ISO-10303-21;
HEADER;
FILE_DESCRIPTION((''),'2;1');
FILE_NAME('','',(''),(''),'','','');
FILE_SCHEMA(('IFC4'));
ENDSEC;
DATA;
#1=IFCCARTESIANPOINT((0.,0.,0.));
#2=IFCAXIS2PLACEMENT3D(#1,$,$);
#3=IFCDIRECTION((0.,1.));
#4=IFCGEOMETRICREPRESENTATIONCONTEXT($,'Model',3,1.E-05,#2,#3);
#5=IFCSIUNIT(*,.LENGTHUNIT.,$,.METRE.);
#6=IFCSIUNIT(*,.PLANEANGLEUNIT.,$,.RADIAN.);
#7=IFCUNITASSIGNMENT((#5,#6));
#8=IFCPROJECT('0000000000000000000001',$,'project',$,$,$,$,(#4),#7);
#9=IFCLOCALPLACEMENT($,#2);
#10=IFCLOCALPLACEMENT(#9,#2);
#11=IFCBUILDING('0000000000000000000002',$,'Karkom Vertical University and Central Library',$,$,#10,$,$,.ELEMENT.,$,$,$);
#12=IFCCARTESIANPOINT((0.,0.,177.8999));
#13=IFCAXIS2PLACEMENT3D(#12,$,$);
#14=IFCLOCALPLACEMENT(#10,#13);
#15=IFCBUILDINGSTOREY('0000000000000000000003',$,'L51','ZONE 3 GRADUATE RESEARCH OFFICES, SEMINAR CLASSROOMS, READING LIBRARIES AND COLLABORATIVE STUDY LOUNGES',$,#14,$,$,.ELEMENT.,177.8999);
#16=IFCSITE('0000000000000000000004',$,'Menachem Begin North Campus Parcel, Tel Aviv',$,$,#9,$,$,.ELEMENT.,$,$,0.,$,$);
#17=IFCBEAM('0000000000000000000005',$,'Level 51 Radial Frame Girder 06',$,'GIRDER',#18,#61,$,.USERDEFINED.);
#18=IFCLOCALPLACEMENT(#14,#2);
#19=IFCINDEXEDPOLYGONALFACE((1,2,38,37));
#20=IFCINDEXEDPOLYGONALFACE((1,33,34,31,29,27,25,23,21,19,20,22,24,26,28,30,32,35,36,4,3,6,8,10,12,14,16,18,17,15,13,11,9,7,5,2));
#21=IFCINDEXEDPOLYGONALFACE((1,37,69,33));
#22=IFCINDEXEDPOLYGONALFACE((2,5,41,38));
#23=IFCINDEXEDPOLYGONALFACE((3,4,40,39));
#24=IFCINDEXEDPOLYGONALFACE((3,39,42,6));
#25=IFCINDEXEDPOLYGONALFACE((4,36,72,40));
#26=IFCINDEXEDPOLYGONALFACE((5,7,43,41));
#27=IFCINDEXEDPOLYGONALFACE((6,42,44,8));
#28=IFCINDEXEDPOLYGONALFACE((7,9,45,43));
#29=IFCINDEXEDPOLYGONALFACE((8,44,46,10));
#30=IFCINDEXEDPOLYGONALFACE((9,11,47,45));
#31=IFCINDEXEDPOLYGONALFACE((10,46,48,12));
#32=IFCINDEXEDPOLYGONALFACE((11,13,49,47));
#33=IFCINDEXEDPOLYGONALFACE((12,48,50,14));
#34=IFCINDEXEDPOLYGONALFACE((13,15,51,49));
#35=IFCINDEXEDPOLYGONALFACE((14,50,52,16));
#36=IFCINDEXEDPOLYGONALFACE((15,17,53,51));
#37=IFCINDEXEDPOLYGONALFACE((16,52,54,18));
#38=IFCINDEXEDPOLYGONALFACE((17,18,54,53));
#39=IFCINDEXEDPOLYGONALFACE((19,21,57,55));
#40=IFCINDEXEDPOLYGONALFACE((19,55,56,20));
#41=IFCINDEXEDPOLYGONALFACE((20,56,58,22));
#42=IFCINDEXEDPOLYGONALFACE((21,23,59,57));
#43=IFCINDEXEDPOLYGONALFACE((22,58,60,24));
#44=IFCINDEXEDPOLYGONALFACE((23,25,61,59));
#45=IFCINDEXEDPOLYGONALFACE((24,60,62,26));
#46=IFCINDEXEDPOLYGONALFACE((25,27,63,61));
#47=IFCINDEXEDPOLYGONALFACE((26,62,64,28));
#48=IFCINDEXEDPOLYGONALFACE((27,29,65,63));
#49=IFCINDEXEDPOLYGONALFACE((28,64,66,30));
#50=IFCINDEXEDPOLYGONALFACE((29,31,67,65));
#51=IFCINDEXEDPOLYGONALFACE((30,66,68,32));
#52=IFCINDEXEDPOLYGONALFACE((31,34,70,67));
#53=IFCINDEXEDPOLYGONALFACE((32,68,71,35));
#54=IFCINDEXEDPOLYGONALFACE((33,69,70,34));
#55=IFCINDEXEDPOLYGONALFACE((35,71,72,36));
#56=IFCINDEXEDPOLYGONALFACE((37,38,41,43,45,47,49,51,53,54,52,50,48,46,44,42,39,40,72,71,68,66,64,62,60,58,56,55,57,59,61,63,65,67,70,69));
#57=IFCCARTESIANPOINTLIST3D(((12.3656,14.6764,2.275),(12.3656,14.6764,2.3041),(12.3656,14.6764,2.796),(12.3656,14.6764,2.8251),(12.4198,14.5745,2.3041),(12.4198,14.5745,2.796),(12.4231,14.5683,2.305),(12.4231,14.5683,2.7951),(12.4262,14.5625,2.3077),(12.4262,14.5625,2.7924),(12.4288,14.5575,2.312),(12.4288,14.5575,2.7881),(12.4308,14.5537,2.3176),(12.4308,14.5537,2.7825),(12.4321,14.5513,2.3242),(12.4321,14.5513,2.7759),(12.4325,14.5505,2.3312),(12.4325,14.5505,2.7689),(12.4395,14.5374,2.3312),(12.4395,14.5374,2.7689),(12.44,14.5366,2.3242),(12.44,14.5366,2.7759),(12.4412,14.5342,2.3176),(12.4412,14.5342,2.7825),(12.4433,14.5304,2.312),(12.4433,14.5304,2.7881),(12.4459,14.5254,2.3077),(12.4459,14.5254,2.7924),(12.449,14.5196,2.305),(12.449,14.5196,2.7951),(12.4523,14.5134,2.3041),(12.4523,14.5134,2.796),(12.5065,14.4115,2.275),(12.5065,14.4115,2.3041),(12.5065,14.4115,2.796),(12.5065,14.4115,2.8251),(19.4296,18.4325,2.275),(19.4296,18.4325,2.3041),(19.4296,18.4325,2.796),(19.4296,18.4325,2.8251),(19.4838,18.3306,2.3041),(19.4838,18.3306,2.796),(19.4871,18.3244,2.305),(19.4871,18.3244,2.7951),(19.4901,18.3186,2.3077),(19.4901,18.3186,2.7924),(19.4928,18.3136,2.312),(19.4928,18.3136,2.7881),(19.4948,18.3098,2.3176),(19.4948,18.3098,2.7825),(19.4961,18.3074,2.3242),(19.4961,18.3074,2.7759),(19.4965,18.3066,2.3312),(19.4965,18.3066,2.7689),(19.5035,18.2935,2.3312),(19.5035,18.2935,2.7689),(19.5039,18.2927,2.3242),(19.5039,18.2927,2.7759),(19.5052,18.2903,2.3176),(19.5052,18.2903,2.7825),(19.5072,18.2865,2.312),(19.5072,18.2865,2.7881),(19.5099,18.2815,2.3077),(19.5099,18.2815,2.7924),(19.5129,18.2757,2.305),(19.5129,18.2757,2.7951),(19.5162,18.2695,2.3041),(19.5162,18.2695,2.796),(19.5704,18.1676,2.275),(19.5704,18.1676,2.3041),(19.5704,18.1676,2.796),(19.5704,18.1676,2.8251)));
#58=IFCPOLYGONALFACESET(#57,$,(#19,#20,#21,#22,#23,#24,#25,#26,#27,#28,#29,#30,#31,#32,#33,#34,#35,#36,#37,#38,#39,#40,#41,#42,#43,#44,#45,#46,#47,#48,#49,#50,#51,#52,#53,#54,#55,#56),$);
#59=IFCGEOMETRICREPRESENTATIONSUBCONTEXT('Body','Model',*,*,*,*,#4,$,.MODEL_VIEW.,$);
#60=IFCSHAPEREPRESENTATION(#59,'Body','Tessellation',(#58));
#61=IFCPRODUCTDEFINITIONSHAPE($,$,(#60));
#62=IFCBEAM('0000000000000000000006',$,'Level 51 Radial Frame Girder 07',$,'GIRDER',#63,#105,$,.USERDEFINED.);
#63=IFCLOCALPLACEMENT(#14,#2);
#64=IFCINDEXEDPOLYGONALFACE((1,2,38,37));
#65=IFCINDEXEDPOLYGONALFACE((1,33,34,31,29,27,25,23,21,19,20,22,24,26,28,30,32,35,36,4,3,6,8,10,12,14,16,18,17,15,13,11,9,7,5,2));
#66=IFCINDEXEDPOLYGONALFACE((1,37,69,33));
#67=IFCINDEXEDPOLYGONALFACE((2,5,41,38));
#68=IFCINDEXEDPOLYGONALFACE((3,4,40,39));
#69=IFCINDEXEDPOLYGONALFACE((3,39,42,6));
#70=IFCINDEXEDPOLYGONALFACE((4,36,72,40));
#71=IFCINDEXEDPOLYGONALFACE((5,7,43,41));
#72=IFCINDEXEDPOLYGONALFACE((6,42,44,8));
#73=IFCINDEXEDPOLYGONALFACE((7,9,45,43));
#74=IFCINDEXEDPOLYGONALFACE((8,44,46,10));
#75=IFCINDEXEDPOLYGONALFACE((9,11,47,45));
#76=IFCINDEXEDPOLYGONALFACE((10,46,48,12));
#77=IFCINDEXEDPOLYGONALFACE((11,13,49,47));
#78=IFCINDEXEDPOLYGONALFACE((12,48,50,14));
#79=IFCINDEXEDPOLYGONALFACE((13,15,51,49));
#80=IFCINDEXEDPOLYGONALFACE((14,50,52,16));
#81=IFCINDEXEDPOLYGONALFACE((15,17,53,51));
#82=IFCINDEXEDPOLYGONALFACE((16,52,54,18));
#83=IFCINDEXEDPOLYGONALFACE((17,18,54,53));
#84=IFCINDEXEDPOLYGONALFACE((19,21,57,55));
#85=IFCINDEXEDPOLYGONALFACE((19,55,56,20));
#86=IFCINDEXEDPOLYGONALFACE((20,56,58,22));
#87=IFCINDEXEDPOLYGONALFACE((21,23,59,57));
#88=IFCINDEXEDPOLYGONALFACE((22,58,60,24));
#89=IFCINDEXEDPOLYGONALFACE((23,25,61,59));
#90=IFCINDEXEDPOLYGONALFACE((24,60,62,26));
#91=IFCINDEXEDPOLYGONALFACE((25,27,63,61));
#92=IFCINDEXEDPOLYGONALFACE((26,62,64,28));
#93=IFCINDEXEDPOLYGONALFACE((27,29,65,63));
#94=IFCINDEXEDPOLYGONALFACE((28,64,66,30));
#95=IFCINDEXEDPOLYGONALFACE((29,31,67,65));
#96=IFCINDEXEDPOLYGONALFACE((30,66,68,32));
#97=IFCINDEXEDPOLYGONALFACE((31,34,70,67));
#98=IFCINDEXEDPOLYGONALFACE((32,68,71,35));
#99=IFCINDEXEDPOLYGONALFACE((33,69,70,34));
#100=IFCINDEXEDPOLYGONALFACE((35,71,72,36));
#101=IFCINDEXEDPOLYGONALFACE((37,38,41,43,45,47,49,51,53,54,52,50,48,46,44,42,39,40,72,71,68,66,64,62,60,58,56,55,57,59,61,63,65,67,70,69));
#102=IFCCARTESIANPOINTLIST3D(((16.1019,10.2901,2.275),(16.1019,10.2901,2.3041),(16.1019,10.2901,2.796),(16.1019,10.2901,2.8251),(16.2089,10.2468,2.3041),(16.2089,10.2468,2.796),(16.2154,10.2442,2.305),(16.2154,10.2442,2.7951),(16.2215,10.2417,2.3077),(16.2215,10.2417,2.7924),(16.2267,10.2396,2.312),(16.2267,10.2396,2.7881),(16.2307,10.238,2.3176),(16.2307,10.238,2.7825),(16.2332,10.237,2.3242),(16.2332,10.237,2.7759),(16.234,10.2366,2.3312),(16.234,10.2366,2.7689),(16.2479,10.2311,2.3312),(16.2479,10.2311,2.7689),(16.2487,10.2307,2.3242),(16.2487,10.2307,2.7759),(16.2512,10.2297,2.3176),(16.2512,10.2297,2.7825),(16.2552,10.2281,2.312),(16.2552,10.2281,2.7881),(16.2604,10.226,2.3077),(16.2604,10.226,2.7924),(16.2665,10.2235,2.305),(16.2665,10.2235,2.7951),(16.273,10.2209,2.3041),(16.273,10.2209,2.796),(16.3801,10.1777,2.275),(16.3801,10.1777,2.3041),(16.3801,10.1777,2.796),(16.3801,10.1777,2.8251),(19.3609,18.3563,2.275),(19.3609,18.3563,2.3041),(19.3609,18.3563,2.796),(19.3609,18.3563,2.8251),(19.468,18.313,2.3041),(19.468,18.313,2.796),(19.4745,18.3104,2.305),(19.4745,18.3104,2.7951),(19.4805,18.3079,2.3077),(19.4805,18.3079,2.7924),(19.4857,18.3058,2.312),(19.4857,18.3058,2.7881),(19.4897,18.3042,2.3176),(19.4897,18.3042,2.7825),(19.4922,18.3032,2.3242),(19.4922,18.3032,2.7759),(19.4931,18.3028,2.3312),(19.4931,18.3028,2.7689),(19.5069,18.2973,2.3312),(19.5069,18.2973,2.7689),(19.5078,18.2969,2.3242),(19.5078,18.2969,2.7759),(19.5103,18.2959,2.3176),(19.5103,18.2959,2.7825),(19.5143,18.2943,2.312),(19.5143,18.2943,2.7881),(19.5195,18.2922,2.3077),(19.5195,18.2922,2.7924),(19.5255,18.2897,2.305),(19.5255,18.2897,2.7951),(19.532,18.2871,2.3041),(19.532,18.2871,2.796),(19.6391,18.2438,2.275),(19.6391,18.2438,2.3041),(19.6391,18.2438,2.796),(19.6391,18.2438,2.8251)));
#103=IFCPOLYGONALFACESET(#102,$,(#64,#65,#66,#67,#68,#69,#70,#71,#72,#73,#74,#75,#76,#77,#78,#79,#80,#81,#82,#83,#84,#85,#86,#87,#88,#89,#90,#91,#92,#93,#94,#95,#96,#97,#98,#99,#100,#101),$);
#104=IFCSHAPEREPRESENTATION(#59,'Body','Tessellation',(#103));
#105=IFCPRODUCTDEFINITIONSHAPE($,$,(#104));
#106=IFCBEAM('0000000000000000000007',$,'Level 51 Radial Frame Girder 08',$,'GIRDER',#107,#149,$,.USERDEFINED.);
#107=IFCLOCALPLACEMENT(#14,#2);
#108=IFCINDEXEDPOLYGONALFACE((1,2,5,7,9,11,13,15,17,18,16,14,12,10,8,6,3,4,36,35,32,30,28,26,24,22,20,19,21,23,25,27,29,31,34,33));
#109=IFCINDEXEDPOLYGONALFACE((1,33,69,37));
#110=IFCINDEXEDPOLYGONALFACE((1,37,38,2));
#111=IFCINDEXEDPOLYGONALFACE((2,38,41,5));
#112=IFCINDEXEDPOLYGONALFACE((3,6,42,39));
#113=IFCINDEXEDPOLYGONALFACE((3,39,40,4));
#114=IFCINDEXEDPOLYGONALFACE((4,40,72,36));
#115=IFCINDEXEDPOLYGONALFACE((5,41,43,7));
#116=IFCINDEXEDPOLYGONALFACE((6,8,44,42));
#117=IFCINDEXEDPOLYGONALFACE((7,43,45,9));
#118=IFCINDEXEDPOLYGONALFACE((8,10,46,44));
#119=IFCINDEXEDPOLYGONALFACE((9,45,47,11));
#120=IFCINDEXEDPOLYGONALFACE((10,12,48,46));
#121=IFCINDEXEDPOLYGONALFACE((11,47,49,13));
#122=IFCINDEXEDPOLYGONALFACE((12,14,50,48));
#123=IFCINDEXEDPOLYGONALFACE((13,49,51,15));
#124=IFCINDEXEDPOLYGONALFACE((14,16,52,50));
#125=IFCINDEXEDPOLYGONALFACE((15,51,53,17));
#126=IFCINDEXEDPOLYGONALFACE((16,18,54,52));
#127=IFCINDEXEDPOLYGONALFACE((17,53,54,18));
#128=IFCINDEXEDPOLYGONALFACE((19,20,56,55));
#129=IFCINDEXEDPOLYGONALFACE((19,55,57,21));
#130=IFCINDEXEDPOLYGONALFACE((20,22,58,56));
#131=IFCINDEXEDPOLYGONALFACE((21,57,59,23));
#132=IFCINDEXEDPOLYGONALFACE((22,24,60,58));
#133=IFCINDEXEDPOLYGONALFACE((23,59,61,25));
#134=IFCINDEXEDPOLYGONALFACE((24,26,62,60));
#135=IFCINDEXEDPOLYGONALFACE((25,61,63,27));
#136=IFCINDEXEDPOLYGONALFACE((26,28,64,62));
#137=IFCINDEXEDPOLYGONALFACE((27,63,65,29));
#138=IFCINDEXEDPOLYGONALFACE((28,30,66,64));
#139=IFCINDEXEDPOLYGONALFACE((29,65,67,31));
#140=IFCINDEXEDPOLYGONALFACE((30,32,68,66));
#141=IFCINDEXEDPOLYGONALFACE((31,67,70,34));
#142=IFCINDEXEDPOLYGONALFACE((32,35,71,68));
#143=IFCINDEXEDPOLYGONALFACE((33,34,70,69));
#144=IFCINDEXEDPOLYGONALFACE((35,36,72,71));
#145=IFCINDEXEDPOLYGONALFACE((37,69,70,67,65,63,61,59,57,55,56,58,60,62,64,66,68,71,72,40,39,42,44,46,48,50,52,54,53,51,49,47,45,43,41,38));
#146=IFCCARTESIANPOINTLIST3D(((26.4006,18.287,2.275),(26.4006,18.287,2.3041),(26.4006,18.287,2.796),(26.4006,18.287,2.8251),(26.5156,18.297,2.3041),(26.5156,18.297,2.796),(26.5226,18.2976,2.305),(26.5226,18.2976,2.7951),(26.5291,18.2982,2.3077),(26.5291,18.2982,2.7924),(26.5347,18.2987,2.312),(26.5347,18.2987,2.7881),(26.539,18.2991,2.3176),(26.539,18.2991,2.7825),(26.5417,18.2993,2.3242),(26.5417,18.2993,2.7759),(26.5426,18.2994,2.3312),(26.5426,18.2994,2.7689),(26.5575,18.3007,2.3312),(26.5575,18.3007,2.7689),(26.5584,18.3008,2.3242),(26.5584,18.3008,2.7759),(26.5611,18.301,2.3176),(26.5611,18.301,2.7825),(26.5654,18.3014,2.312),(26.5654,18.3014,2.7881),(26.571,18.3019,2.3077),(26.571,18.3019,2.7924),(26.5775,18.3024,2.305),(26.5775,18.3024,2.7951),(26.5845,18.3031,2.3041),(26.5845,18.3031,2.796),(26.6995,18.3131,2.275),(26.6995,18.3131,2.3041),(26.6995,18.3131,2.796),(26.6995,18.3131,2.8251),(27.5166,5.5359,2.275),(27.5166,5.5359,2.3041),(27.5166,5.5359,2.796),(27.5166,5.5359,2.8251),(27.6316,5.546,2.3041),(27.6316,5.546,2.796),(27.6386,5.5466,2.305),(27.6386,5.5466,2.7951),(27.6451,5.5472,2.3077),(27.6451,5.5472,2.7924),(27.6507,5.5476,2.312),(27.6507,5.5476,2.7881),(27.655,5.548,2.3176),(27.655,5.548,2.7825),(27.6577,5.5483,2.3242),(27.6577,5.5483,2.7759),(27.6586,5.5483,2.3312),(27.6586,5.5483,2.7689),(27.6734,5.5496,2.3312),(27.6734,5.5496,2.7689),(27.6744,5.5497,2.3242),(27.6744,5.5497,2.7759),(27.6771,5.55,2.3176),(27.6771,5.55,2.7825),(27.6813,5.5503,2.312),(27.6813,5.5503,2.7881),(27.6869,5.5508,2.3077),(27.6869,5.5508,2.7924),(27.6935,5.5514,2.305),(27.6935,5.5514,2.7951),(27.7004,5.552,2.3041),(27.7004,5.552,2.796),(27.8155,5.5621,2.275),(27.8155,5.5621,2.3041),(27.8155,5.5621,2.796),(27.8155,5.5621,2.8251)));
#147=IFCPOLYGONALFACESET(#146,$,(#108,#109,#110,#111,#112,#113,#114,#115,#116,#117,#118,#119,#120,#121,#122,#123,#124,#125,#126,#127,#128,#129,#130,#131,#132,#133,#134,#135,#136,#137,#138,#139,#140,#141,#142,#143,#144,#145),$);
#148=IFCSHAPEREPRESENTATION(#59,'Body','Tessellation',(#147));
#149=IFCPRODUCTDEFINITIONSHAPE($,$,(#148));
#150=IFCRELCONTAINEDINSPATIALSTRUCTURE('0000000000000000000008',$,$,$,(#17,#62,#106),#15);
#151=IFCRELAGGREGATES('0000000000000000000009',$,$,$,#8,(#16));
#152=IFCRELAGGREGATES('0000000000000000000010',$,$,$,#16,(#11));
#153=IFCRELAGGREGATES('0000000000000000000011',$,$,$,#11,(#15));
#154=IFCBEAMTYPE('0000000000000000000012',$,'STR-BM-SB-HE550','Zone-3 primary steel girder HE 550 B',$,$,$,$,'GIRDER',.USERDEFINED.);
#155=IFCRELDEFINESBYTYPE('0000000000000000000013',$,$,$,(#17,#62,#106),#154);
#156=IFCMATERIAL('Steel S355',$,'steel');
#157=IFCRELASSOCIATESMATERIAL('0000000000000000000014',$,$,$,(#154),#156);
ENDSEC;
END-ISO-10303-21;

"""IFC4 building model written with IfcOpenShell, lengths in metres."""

from ifc_helpers import new_model, si_unit, direction, frame, origin, origin_with_axes, origin_2d, place, context, subcontext, project, spatial, i_section, extrude, source, transform, mapped, material, material_profile, profile_set, type_object, element, save


model = new_model("IFC4")

# Units and contexts
model_context = context("Model", 3, precision=1e-05, world=origin(), true_north=direction((0.0, 1.0)))
body_context = subcontext(model_context, "Body", "Model", "MODEL_VIEW")
ifc_project = project(units=[si_unit("LENGTHUNIT", "METRE"), si_unit("PLANEANGLEUNIT", "RADIAN")], contexts=[model_context])

# Site, building, storey
site_placement = place(None, origin())
site = spatial("IfcSite", under=ifc_project, at=site_placement, Name="Menachem Begin North Campus Parcel, Tel Aviv", CompositionType="ELEMENT", RefElevation=0.0)
building_placement = place(site_placement, origin())
building = spatial("IfcBuilding", under=site, at=building_placement, Name="Karkom Vertical University and Central Library", CompositionType="ELEMENT")
storey_placement = place(building_placement, frame((0.0, 0.0, 177.8999)))
storey = spatial("IfcBuildingStorey", under=building, at=storey_placement, Name="L51", Description="ZONE 3 GRADUATE RESEARCH OFFICES, SEMINAR CLASSROOMS, READING LIBRARIES AND COLLABORATIVE STUDY LOUNGES", CompositionType="ELEMENT", Elevation=177.8999)

# Beams
ifc_material_1 = material(Name="Steel S355", Category="steel")
ifc_material_profile_1 = material_profile(ifc_material_1, i_section(OverallWidth=0.3, OverallDepth=0.55, WebThickness=0.0149, FlangeThickness=0.0291, FilletRadius=0.0271, at=origin_2d()), Name="HE 550 B")
ifc_profile_set_1 = profile_set([ifc_material_profile_1], Name="Steel S355")
beam_type_1 = type_object("IfcBeamType", Name="STR-BM-SB-HE550", Description="Zone-3 primary steel girder HE 550 B", ElementType="GIRDER", PredefinedType="USERDEFINED", material=ifc_profile_set_1)
shared_shape_1 = source(origin_with_axes(), body_context, "Body", "SweptSolid", [
    extrude(i_section(OverallWidth=0.3, OverallDepth=0.55, WebThickness=0.0149, FlangeThickness=0.0291, FilletRadius=0.0271, at=origin_2d()), origin(), (0.0, 0.0, 1.0), 8.0005),
])
beam_1_placement = place(storey_placement, frame((19.5, 18.3, 2.55), z_axis=(-0.882941, -0.469484, 0.0), x_axis=(0.469484, -0.882941, 0.0)))
element("IfcBeam", 1, at=beam_1_placement, inside=storey, type_object=beam_type_1, Name="Level 51 Radial Frame Girder 06", ObjectType="GIRDER", PredefinedType="USERDEFINED", context=body_context, shape_type="MappedRepresentation", body=[
    mapped(shared_shape_1, transform((0.0, 0.0, 0.0), scale=1.0)),
])
shared_shape_2 = source(origin_with_axes(), body_context, "Body", "SweptSolid", [
    extrude(i_section(OverallWidth=0.3, OverallDepth=0.55, WebThickness=0.0149, FlangeThickness=0.0291, FilletRadius=0.0271, at=origin_2d()), origin(), (0.0, 0.0, 1.0), 8.6997),
])
beam_2_placement = place(storey_placement, frame((19.5, 18.3, 2.55), z_axis=(-0.374616, -0.92718, 0.0), x_axis=(0.92718, -0.374616, 0.0)))
element("IfcBeam", 2, at=beam_2_placement, inside=storey, type_object=beam_type_1, Name="Level 51 Radial Frame Girder 07", ObjectType="GIRDER", PredefinedType="USERDEFINED", context=body_context, shape_type="MappedRepresentation", body=[
    mapped(shared_shape_2, transform((0.0, 0.0, 0.0), scale=1.0)),
])
shared_shape_3 = source(origin_with_axes(), body_context, "Body", "SweptSolid", [
    extrude(i_section(OverallWidth=0.3, OverallDepth=0.55, WebThickness=0.0149, FlangeThickness=0.0291, FilletRadius=0.0271, at=origin_2d()), origin(), (0.0, 0.0, 1.0), 12.7998),
])
beam_3_placement = place(storey_placement, frame((26.55, 18.3, 2.55), z_axis=(0.087187, -0.996192, 0.0), x_axis=(0.996192, 0.087187, 0.0)))
element("IfcBeam", 3, at=beam_3_placement, inside=storey, type_object=beam_type_1, Name="Level 51 Radial Frame Girder 08", ObjectType="GIRDER", PredefinedType="USERDEFINED", context=body_context, shape_type="MappedRepresentation", body=[
    mapped(shared_shape_3, transform((0.0, 0.0, 0.0), scale=1.0)),
])

save(model, "model.ifc")
